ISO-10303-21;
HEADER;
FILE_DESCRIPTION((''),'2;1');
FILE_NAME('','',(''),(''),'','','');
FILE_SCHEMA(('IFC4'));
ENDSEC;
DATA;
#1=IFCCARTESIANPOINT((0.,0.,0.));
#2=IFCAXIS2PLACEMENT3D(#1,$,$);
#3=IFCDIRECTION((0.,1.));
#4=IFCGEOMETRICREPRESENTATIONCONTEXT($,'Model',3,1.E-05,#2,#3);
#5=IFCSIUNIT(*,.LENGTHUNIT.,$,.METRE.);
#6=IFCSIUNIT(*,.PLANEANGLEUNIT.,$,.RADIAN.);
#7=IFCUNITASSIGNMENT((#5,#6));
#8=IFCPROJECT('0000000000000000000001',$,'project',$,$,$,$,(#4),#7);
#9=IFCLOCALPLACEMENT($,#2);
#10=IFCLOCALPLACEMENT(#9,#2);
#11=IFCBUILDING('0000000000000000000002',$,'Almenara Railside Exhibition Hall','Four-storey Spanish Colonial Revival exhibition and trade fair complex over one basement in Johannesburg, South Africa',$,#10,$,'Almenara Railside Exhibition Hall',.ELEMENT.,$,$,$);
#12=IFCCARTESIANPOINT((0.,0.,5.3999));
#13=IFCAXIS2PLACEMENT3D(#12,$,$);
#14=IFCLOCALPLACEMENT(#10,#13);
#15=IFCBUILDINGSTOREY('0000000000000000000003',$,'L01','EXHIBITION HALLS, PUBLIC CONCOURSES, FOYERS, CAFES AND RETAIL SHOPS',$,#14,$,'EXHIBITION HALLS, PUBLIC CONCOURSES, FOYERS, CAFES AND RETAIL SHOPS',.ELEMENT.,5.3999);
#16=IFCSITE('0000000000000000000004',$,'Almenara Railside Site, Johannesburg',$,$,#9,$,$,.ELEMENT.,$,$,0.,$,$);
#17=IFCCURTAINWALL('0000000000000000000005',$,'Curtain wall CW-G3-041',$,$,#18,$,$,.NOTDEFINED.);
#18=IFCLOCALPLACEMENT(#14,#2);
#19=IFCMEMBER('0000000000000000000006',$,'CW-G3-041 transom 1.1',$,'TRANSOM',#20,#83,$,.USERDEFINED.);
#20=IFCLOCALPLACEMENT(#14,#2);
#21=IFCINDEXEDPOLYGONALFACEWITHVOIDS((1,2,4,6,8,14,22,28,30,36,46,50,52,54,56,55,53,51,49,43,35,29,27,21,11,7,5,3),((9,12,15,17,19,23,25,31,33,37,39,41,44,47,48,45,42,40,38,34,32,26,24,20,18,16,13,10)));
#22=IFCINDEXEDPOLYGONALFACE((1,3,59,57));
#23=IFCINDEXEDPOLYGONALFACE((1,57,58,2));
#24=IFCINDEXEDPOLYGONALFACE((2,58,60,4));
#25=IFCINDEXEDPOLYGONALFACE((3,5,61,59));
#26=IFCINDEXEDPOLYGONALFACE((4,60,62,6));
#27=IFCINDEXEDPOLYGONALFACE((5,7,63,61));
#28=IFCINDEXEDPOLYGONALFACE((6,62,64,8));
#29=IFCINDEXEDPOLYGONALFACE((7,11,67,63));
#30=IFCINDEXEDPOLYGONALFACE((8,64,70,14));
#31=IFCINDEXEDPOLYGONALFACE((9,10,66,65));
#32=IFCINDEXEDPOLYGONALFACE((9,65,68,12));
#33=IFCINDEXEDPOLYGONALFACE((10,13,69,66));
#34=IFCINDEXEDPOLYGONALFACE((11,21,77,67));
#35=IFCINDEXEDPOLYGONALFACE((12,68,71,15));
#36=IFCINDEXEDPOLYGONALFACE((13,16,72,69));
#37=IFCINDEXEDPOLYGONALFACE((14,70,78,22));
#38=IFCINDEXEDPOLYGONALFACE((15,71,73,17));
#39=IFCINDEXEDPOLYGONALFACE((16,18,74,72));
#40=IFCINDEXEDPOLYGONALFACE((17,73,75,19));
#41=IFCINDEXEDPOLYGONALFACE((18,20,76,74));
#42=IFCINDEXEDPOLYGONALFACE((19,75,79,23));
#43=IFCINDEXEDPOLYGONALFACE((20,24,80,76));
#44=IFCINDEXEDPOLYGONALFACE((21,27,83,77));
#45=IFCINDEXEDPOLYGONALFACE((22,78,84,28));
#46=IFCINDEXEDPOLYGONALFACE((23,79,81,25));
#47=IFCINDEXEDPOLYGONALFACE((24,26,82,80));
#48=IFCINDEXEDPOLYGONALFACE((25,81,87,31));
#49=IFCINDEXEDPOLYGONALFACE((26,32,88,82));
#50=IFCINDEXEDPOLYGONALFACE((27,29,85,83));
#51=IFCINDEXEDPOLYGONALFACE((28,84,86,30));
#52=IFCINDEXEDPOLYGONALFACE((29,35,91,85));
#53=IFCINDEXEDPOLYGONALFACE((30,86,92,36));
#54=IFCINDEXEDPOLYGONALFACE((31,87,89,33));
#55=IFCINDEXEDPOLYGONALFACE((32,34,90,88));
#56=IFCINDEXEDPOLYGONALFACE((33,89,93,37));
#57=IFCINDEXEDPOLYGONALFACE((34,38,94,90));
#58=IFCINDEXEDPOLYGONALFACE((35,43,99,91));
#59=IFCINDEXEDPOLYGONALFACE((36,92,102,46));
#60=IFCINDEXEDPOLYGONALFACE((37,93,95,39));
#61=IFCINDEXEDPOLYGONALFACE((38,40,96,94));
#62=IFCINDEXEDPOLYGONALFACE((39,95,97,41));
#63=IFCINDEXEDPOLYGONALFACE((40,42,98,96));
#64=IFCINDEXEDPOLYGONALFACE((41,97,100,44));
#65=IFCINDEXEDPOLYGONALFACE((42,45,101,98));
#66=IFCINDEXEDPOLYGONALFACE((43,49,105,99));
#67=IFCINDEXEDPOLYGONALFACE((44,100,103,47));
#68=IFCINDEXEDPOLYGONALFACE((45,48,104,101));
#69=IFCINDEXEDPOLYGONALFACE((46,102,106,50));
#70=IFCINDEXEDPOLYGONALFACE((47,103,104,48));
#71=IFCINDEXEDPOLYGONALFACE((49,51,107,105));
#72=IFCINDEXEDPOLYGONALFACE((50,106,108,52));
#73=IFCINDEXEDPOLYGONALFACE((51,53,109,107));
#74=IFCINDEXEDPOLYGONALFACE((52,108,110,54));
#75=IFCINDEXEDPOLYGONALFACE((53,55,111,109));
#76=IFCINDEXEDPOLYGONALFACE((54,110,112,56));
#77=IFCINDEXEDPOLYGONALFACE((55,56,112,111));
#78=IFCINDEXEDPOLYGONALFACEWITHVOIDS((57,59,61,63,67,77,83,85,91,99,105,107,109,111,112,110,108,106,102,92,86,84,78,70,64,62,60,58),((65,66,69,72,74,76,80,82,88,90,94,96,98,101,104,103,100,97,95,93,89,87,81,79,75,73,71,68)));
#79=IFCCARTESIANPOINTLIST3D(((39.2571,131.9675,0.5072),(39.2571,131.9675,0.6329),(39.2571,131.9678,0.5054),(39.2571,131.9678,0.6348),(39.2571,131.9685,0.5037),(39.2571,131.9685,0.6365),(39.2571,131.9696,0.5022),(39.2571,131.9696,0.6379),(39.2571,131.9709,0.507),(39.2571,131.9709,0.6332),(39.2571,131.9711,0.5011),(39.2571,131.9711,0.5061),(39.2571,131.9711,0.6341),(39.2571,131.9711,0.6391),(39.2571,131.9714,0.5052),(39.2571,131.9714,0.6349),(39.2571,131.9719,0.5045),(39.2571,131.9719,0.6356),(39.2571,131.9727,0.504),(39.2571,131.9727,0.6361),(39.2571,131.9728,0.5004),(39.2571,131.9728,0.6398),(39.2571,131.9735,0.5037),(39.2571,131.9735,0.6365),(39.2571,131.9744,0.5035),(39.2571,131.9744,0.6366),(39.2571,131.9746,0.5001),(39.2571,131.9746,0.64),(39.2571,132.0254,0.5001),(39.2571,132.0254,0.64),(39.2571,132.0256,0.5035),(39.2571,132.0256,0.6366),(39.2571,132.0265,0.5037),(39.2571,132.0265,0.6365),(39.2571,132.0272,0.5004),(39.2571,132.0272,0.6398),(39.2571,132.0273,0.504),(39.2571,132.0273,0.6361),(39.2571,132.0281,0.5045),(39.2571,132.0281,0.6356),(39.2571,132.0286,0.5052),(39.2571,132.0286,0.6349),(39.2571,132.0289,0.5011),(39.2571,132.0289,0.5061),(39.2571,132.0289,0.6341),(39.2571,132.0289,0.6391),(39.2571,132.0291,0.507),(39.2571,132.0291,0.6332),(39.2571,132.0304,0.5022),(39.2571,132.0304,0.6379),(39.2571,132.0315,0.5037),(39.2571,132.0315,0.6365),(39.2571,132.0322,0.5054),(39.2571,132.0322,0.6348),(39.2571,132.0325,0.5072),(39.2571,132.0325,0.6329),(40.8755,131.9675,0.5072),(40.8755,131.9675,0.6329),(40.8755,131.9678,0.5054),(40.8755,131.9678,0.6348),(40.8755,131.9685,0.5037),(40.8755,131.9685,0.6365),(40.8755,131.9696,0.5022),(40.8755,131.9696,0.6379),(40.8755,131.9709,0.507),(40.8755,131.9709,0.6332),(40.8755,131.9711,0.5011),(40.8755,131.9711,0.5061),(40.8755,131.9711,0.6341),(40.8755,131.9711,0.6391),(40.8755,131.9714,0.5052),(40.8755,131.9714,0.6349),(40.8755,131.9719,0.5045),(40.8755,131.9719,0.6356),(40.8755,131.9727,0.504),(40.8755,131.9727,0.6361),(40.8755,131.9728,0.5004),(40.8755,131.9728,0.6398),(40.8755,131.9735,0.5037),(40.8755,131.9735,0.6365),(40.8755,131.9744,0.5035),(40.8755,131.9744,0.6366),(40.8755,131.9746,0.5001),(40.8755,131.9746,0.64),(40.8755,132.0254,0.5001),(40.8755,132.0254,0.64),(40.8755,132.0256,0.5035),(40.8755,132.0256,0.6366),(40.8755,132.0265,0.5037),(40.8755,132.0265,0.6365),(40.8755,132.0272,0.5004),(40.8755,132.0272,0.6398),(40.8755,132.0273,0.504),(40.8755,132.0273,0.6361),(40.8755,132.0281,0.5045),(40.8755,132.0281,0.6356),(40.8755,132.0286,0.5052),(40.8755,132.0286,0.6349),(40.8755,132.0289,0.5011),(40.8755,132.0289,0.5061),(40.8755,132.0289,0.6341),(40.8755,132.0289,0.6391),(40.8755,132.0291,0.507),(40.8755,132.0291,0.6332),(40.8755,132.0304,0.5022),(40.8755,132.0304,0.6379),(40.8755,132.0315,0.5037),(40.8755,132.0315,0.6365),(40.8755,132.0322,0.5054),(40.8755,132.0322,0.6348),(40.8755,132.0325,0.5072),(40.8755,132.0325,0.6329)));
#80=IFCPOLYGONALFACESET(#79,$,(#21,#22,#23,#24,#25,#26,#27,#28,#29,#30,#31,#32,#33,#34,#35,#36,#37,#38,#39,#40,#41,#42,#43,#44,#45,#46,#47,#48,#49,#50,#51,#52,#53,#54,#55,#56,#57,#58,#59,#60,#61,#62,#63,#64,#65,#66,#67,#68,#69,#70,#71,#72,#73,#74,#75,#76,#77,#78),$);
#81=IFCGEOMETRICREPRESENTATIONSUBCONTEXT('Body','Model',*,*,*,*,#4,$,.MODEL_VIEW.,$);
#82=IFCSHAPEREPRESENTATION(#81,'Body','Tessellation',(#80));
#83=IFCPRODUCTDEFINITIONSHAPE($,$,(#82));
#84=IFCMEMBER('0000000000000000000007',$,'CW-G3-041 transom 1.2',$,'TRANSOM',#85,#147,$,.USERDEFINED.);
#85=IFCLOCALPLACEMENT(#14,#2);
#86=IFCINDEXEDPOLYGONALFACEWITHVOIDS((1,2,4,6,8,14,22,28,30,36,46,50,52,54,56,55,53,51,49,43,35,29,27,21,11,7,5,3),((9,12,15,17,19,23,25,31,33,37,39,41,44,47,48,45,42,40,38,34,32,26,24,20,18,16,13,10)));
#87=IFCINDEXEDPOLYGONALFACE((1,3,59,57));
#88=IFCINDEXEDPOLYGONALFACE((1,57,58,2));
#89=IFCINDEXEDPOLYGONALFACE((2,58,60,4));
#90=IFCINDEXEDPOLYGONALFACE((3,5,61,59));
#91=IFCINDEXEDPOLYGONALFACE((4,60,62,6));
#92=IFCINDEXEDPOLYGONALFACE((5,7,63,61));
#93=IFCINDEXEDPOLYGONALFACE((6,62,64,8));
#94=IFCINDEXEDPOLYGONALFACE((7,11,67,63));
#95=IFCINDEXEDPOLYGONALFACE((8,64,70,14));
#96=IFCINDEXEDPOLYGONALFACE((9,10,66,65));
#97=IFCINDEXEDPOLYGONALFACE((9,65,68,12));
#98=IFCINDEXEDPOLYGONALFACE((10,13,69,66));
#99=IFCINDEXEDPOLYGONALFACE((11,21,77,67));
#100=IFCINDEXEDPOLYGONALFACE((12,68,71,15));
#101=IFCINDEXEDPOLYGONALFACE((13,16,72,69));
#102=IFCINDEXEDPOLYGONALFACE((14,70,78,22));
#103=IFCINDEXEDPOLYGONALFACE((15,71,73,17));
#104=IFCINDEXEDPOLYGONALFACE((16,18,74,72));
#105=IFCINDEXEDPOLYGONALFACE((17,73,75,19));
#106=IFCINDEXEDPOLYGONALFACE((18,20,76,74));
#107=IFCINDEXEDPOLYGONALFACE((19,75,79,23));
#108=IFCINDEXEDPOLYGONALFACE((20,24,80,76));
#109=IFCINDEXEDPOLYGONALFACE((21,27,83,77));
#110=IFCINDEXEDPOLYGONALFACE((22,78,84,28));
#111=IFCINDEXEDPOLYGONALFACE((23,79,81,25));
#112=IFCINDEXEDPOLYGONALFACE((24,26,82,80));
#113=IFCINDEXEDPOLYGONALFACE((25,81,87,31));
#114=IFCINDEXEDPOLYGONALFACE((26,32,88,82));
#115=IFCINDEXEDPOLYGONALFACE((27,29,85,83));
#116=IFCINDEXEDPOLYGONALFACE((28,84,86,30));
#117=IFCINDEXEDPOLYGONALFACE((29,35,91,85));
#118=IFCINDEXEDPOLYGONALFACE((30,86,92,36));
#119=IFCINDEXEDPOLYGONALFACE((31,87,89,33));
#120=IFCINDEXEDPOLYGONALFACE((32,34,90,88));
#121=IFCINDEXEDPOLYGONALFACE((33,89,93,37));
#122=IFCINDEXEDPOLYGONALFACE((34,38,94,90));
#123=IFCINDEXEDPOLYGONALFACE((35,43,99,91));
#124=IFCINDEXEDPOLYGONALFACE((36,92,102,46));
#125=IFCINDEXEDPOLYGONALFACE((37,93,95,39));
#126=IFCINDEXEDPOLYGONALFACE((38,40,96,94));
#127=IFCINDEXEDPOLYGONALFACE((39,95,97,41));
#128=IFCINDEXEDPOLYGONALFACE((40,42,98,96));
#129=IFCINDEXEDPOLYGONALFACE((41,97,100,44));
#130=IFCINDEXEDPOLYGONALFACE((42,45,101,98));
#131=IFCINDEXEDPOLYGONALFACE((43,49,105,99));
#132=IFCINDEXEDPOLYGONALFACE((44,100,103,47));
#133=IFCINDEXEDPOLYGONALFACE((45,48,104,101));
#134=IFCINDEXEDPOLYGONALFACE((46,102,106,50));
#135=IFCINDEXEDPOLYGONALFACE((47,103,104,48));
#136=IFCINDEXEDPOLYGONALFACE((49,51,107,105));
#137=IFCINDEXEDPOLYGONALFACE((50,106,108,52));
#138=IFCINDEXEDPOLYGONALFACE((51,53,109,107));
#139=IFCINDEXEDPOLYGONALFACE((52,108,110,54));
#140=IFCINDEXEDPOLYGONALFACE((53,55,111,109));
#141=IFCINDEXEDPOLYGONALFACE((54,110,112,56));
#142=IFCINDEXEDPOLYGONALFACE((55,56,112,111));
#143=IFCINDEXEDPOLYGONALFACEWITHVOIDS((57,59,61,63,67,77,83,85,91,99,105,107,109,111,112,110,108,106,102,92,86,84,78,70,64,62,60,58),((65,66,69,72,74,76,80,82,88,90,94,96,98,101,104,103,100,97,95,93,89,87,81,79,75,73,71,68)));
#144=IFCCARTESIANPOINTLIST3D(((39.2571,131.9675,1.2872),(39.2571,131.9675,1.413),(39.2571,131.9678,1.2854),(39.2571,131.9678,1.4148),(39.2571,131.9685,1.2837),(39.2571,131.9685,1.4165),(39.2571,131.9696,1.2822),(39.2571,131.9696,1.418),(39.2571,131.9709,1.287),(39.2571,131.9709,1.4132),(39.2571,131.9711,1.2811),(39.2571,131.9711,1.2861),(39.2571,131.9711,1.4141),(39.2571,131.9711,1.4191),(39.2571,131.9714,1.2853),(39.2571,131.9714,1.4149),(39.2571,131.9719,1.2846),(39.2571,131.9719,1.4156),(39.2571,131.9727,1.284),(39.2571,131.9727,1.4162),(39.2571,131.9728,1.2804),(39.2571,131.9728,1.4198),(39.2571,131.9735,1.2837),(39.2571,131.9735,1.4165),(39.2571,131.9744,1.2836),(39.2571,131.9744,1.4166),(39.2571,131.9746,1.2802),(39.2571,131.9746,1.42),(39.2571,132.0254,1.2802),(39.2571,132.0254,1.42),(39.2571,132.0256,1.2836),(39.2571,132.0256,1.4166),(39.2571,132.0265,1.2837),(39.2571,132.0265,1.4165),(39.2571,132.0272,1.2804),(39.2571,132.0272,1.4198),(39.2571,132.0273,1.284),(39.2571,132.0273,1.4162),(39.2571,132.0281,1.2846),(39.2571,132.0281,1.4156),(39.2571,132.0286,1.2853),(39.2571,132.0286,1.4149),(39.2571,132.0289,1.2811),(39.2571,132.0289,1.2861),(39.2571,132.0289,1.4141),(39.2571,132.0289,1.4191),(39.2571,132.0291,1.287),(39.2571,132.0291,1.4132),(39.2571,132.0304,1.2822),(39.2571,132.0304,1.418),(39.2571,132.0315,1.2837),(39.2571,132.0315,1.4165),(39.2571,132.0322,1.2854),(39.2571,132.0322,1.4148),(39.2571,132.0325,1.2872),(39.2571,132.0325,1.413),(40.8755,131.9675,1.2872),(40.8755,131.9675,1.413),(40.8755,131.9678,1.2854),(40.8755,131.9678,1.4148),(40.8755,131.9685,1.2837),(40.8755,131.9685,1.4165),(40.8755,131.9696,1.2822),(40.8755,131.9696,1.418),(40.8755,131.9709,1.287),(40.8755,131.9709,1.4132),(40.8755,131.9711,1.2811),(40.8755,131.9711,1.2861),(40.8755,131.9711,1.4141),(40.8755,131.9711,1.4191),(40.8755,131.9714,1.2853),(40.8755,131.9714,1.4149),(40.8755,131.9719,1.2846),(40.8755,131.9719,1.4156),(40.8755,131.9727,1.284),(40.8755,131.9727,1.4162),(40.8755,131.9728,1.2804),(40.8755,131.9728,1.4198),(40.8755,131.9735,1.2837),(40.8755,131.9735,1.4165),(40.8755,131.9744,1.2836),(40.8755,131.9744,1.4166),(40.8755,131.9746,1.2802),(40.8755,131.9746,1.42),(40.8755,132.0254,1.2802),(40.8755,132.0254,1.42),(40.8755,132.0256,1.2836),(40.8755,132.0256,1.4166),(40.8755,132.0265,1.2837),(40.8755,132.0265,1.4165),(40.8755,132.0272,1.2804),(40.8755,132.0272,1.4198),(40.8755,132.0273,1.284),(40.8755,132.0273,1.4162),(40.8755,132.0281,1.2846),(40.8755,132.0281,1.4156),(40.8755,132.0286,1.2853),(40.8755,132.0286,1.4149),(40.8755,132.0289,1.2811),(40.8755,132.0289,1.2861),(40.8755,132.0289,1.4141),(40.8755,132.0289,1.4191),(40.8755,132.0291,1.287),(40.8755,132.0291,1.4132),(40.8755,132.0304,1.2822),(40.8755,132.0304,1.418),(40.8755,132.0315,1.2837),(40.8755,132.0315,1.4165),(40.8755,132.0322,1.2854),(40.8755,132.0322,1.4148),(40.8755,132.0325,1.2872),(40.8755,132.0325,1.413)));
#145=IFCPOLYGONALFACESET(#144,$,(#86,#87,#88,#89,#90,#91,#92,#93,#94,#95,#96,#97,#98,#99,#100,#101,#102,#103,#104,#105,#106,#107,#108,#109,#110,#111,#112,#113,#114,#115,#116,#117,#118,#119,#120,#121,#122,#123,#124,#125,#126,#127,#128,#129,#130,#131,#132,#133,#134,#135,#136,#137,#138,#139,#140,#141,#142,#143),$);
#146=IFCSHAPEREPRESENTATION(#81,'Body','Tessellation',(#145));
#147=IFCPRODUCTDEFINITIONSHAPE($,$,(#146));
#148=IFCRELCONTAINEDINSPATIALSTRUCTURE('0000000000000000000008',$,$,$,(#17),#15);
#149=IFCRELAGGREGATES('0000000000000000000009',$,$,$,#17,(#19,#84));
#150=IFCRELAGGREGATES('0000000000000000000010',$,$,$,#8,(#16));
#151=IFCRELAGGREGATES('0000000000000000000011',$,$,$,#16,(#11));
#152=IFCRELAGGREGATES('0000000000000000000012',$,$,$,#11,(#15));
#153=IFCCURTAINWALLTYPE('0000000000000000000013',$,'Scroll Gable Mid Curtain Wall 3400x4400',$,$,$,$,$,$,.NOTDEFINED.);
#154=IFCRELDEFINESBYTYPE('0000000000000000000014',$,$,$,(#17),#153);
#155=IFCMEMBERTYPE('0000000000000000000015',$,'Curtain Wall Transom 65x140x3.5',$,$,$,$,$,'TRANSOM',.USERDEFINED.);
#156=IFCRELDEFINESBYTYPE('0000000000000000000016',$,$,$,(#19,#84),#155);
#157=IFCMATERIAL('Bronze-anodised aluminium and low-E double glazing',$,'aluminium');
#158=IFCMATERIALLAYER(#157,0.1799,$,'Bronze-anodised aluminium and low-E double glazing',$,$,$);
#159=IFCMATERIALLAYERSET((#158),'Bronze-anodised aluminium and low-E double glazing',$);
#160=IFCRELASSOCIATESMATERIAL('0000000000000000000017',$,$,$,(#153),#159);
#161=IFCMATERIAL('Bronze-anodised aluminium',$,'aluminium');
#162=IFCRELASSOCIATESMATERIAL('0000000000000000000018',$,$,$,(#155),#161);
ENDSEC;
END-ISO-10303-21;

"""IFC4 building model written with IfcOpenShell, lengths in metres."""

from ifc_helpers import new_model, si_unit, direction, frame, origin, origin_2d, place, context, subcontext, project, spatial, hollow_rectangle, extrude, material, layer, layer_set, material_profile, profile_set, type_object, element, aggregate, save


model = new_model("IFC4")

# Units and contexts
model_context = context("Model", 3, precision=1e-05, world=origin(), true_north=direction((0.0, 1.0)))
body_context = subcontext(model_context, "Body", "Model", "MODEL_VIEW")
ifc_project = project(units=[si_unit("LENGTHUNIT", "METRE"), si_unit("PLANEANGLEUNIT", "RADIAN")], contexts=[model_context])

# Site, building, storey
site_placement = place(None, origin())
site = spatial("IfcSite", under=ifc_project, at=site_placement, Name="Almenara Railside Site, Johannesburg", CompositionType="ELEMENT", RefElevation=0.0)
building_placement = place(site_placement, origin())
building = spatial("IfcBuilding", under=site, at=building_placement, Name="Almenara Railside Exhibition Hall", Description="Four-storey Spanish Colonial Revival exhibition and trade fair complex over one basement in Johannesburg, South Africa", LongName="Almenara Railside Exhibition Hall", CompositionType="ELEMENT")
storey_placement = place(building_placement, frame((0.0, 0.0, 5.3999)))
storey = spatial("IfcBuildingStorey", under=building, at=storey_placement, Name="L01", Description="EXHIBITION HALLS, PUBLIC CONCOURSES, FOYERS, CAFES AND RETAIL SHOPS", LongName="EXHIBITION HALLS, PUBLIC CONCOURSES, FOYERS, CAFES AND RETAIL SHOPS", CompositionType="ELEMENT", Elevation=5.3999)

# Curtain wall, members
ifc_material_1 = material(Name="Bronze-anodised aluminium and low-E double glazing", Category="aluminium")
ifc_layer_1 = layer(ifc_material_1, 0.1799, Name="Bronze-anodised aluminium and low-E double glazing")
ifc_layer_set_1 = layer_set([ifc_layer_1], Name="Bronze-anodised aluminium and low-E double glazing")
curtain_wall_type = type_object("IfcCurtainWallType", Name="Scroll Gable Mid Curtain Wall 3400x4400", PredefinedType="NOTDEFINED", material=ifc_layer_set_1)
curtain_wall_placement = place(storey_placement, origin())
curtain_wall = element("IfcCurtainWall", 1, at=curtain_wall_placement, inside=storey, type_object=curtain_wall_type, Name="Curtain wall CW-G3-041", PredefinedType="NOTDEFINED")
ifc_material_2 = material(Name="Bronze-anodised aluminium", Category="aluminium")
ifc_material_profile_1 = material_profile(ifc_material_2, hollow_rectangle(XDim=0.0649, YDim=0.1399, WallThickness=0.0034, InnerFilletRadius=0.0034, OuterFilletRadius=0.0071, at=origin_2d()), Name="ALU-TRN 65x140x3.5")
ifc_profile_set_1 = profile_set([ifc_material_profile_1], Name="Bronze-anodised aluminium")
member_type_1 = type_object("IfcMemberType", Name="Curtain Wall Transom 65x140x3.5", ElementType="TRANSOM", PredefinedType="USERDEFINED", material=ifc_profile_set_1)
member_1_placement = place(storey_placement, frame((39.2571, 132.0, 0.5701), z_axis=(1.0, 0.0, 0.0), x_axis=(0.0, 1.0, 0.0)))
member_1 = element("IfcMember", 2, at=member_1_placement, type_object=member_type_1, Name="CW-G3-041 transom 1.1", ObjectType="TRANSOM", PredefinedType="USERDEFINED", context=body_context, shape_type="SweptSolid", body=[
    extrude(hollow_rectangle(XDim=0.0649, YDim=0.1399, WallThickness=0.0034, InnerFilletRadius=0.0034, OuterFilletRadius=0.0071, at=origin_2d()), origin(), (0.0, 0.0, 1.0), 1.6184),
])
member_2_placement = place(storey_placement, frame((39.2571, 132.0, 1.3501), z_axis=(1.0, 0.0, 0.0), x_axis=(0.0, 1.0, 0.0)))
member_2 = element("IfcMember", 3, at=member_2_placement, type_object=member_type_1, Name="CW-G3-041 transom 1.2", ObjectType="TRANSOM", PredefinedType="USERDEFINED", context=body_context, shape_type="SweptSolid", body=[
    extrude(hollow_rectangle(XDim=0.0649, YDim=0.1399, WallThickness=0.0034, InnerFilletRadius=0.0034, OuterFilletRadius=0.0071, at=origin_2d()), origin(), (0.0, 0.0, 1.0), 1.6184),
])

aggregate(curtain_wall, [member_1, member_2])

save(model, "model.ifc")
